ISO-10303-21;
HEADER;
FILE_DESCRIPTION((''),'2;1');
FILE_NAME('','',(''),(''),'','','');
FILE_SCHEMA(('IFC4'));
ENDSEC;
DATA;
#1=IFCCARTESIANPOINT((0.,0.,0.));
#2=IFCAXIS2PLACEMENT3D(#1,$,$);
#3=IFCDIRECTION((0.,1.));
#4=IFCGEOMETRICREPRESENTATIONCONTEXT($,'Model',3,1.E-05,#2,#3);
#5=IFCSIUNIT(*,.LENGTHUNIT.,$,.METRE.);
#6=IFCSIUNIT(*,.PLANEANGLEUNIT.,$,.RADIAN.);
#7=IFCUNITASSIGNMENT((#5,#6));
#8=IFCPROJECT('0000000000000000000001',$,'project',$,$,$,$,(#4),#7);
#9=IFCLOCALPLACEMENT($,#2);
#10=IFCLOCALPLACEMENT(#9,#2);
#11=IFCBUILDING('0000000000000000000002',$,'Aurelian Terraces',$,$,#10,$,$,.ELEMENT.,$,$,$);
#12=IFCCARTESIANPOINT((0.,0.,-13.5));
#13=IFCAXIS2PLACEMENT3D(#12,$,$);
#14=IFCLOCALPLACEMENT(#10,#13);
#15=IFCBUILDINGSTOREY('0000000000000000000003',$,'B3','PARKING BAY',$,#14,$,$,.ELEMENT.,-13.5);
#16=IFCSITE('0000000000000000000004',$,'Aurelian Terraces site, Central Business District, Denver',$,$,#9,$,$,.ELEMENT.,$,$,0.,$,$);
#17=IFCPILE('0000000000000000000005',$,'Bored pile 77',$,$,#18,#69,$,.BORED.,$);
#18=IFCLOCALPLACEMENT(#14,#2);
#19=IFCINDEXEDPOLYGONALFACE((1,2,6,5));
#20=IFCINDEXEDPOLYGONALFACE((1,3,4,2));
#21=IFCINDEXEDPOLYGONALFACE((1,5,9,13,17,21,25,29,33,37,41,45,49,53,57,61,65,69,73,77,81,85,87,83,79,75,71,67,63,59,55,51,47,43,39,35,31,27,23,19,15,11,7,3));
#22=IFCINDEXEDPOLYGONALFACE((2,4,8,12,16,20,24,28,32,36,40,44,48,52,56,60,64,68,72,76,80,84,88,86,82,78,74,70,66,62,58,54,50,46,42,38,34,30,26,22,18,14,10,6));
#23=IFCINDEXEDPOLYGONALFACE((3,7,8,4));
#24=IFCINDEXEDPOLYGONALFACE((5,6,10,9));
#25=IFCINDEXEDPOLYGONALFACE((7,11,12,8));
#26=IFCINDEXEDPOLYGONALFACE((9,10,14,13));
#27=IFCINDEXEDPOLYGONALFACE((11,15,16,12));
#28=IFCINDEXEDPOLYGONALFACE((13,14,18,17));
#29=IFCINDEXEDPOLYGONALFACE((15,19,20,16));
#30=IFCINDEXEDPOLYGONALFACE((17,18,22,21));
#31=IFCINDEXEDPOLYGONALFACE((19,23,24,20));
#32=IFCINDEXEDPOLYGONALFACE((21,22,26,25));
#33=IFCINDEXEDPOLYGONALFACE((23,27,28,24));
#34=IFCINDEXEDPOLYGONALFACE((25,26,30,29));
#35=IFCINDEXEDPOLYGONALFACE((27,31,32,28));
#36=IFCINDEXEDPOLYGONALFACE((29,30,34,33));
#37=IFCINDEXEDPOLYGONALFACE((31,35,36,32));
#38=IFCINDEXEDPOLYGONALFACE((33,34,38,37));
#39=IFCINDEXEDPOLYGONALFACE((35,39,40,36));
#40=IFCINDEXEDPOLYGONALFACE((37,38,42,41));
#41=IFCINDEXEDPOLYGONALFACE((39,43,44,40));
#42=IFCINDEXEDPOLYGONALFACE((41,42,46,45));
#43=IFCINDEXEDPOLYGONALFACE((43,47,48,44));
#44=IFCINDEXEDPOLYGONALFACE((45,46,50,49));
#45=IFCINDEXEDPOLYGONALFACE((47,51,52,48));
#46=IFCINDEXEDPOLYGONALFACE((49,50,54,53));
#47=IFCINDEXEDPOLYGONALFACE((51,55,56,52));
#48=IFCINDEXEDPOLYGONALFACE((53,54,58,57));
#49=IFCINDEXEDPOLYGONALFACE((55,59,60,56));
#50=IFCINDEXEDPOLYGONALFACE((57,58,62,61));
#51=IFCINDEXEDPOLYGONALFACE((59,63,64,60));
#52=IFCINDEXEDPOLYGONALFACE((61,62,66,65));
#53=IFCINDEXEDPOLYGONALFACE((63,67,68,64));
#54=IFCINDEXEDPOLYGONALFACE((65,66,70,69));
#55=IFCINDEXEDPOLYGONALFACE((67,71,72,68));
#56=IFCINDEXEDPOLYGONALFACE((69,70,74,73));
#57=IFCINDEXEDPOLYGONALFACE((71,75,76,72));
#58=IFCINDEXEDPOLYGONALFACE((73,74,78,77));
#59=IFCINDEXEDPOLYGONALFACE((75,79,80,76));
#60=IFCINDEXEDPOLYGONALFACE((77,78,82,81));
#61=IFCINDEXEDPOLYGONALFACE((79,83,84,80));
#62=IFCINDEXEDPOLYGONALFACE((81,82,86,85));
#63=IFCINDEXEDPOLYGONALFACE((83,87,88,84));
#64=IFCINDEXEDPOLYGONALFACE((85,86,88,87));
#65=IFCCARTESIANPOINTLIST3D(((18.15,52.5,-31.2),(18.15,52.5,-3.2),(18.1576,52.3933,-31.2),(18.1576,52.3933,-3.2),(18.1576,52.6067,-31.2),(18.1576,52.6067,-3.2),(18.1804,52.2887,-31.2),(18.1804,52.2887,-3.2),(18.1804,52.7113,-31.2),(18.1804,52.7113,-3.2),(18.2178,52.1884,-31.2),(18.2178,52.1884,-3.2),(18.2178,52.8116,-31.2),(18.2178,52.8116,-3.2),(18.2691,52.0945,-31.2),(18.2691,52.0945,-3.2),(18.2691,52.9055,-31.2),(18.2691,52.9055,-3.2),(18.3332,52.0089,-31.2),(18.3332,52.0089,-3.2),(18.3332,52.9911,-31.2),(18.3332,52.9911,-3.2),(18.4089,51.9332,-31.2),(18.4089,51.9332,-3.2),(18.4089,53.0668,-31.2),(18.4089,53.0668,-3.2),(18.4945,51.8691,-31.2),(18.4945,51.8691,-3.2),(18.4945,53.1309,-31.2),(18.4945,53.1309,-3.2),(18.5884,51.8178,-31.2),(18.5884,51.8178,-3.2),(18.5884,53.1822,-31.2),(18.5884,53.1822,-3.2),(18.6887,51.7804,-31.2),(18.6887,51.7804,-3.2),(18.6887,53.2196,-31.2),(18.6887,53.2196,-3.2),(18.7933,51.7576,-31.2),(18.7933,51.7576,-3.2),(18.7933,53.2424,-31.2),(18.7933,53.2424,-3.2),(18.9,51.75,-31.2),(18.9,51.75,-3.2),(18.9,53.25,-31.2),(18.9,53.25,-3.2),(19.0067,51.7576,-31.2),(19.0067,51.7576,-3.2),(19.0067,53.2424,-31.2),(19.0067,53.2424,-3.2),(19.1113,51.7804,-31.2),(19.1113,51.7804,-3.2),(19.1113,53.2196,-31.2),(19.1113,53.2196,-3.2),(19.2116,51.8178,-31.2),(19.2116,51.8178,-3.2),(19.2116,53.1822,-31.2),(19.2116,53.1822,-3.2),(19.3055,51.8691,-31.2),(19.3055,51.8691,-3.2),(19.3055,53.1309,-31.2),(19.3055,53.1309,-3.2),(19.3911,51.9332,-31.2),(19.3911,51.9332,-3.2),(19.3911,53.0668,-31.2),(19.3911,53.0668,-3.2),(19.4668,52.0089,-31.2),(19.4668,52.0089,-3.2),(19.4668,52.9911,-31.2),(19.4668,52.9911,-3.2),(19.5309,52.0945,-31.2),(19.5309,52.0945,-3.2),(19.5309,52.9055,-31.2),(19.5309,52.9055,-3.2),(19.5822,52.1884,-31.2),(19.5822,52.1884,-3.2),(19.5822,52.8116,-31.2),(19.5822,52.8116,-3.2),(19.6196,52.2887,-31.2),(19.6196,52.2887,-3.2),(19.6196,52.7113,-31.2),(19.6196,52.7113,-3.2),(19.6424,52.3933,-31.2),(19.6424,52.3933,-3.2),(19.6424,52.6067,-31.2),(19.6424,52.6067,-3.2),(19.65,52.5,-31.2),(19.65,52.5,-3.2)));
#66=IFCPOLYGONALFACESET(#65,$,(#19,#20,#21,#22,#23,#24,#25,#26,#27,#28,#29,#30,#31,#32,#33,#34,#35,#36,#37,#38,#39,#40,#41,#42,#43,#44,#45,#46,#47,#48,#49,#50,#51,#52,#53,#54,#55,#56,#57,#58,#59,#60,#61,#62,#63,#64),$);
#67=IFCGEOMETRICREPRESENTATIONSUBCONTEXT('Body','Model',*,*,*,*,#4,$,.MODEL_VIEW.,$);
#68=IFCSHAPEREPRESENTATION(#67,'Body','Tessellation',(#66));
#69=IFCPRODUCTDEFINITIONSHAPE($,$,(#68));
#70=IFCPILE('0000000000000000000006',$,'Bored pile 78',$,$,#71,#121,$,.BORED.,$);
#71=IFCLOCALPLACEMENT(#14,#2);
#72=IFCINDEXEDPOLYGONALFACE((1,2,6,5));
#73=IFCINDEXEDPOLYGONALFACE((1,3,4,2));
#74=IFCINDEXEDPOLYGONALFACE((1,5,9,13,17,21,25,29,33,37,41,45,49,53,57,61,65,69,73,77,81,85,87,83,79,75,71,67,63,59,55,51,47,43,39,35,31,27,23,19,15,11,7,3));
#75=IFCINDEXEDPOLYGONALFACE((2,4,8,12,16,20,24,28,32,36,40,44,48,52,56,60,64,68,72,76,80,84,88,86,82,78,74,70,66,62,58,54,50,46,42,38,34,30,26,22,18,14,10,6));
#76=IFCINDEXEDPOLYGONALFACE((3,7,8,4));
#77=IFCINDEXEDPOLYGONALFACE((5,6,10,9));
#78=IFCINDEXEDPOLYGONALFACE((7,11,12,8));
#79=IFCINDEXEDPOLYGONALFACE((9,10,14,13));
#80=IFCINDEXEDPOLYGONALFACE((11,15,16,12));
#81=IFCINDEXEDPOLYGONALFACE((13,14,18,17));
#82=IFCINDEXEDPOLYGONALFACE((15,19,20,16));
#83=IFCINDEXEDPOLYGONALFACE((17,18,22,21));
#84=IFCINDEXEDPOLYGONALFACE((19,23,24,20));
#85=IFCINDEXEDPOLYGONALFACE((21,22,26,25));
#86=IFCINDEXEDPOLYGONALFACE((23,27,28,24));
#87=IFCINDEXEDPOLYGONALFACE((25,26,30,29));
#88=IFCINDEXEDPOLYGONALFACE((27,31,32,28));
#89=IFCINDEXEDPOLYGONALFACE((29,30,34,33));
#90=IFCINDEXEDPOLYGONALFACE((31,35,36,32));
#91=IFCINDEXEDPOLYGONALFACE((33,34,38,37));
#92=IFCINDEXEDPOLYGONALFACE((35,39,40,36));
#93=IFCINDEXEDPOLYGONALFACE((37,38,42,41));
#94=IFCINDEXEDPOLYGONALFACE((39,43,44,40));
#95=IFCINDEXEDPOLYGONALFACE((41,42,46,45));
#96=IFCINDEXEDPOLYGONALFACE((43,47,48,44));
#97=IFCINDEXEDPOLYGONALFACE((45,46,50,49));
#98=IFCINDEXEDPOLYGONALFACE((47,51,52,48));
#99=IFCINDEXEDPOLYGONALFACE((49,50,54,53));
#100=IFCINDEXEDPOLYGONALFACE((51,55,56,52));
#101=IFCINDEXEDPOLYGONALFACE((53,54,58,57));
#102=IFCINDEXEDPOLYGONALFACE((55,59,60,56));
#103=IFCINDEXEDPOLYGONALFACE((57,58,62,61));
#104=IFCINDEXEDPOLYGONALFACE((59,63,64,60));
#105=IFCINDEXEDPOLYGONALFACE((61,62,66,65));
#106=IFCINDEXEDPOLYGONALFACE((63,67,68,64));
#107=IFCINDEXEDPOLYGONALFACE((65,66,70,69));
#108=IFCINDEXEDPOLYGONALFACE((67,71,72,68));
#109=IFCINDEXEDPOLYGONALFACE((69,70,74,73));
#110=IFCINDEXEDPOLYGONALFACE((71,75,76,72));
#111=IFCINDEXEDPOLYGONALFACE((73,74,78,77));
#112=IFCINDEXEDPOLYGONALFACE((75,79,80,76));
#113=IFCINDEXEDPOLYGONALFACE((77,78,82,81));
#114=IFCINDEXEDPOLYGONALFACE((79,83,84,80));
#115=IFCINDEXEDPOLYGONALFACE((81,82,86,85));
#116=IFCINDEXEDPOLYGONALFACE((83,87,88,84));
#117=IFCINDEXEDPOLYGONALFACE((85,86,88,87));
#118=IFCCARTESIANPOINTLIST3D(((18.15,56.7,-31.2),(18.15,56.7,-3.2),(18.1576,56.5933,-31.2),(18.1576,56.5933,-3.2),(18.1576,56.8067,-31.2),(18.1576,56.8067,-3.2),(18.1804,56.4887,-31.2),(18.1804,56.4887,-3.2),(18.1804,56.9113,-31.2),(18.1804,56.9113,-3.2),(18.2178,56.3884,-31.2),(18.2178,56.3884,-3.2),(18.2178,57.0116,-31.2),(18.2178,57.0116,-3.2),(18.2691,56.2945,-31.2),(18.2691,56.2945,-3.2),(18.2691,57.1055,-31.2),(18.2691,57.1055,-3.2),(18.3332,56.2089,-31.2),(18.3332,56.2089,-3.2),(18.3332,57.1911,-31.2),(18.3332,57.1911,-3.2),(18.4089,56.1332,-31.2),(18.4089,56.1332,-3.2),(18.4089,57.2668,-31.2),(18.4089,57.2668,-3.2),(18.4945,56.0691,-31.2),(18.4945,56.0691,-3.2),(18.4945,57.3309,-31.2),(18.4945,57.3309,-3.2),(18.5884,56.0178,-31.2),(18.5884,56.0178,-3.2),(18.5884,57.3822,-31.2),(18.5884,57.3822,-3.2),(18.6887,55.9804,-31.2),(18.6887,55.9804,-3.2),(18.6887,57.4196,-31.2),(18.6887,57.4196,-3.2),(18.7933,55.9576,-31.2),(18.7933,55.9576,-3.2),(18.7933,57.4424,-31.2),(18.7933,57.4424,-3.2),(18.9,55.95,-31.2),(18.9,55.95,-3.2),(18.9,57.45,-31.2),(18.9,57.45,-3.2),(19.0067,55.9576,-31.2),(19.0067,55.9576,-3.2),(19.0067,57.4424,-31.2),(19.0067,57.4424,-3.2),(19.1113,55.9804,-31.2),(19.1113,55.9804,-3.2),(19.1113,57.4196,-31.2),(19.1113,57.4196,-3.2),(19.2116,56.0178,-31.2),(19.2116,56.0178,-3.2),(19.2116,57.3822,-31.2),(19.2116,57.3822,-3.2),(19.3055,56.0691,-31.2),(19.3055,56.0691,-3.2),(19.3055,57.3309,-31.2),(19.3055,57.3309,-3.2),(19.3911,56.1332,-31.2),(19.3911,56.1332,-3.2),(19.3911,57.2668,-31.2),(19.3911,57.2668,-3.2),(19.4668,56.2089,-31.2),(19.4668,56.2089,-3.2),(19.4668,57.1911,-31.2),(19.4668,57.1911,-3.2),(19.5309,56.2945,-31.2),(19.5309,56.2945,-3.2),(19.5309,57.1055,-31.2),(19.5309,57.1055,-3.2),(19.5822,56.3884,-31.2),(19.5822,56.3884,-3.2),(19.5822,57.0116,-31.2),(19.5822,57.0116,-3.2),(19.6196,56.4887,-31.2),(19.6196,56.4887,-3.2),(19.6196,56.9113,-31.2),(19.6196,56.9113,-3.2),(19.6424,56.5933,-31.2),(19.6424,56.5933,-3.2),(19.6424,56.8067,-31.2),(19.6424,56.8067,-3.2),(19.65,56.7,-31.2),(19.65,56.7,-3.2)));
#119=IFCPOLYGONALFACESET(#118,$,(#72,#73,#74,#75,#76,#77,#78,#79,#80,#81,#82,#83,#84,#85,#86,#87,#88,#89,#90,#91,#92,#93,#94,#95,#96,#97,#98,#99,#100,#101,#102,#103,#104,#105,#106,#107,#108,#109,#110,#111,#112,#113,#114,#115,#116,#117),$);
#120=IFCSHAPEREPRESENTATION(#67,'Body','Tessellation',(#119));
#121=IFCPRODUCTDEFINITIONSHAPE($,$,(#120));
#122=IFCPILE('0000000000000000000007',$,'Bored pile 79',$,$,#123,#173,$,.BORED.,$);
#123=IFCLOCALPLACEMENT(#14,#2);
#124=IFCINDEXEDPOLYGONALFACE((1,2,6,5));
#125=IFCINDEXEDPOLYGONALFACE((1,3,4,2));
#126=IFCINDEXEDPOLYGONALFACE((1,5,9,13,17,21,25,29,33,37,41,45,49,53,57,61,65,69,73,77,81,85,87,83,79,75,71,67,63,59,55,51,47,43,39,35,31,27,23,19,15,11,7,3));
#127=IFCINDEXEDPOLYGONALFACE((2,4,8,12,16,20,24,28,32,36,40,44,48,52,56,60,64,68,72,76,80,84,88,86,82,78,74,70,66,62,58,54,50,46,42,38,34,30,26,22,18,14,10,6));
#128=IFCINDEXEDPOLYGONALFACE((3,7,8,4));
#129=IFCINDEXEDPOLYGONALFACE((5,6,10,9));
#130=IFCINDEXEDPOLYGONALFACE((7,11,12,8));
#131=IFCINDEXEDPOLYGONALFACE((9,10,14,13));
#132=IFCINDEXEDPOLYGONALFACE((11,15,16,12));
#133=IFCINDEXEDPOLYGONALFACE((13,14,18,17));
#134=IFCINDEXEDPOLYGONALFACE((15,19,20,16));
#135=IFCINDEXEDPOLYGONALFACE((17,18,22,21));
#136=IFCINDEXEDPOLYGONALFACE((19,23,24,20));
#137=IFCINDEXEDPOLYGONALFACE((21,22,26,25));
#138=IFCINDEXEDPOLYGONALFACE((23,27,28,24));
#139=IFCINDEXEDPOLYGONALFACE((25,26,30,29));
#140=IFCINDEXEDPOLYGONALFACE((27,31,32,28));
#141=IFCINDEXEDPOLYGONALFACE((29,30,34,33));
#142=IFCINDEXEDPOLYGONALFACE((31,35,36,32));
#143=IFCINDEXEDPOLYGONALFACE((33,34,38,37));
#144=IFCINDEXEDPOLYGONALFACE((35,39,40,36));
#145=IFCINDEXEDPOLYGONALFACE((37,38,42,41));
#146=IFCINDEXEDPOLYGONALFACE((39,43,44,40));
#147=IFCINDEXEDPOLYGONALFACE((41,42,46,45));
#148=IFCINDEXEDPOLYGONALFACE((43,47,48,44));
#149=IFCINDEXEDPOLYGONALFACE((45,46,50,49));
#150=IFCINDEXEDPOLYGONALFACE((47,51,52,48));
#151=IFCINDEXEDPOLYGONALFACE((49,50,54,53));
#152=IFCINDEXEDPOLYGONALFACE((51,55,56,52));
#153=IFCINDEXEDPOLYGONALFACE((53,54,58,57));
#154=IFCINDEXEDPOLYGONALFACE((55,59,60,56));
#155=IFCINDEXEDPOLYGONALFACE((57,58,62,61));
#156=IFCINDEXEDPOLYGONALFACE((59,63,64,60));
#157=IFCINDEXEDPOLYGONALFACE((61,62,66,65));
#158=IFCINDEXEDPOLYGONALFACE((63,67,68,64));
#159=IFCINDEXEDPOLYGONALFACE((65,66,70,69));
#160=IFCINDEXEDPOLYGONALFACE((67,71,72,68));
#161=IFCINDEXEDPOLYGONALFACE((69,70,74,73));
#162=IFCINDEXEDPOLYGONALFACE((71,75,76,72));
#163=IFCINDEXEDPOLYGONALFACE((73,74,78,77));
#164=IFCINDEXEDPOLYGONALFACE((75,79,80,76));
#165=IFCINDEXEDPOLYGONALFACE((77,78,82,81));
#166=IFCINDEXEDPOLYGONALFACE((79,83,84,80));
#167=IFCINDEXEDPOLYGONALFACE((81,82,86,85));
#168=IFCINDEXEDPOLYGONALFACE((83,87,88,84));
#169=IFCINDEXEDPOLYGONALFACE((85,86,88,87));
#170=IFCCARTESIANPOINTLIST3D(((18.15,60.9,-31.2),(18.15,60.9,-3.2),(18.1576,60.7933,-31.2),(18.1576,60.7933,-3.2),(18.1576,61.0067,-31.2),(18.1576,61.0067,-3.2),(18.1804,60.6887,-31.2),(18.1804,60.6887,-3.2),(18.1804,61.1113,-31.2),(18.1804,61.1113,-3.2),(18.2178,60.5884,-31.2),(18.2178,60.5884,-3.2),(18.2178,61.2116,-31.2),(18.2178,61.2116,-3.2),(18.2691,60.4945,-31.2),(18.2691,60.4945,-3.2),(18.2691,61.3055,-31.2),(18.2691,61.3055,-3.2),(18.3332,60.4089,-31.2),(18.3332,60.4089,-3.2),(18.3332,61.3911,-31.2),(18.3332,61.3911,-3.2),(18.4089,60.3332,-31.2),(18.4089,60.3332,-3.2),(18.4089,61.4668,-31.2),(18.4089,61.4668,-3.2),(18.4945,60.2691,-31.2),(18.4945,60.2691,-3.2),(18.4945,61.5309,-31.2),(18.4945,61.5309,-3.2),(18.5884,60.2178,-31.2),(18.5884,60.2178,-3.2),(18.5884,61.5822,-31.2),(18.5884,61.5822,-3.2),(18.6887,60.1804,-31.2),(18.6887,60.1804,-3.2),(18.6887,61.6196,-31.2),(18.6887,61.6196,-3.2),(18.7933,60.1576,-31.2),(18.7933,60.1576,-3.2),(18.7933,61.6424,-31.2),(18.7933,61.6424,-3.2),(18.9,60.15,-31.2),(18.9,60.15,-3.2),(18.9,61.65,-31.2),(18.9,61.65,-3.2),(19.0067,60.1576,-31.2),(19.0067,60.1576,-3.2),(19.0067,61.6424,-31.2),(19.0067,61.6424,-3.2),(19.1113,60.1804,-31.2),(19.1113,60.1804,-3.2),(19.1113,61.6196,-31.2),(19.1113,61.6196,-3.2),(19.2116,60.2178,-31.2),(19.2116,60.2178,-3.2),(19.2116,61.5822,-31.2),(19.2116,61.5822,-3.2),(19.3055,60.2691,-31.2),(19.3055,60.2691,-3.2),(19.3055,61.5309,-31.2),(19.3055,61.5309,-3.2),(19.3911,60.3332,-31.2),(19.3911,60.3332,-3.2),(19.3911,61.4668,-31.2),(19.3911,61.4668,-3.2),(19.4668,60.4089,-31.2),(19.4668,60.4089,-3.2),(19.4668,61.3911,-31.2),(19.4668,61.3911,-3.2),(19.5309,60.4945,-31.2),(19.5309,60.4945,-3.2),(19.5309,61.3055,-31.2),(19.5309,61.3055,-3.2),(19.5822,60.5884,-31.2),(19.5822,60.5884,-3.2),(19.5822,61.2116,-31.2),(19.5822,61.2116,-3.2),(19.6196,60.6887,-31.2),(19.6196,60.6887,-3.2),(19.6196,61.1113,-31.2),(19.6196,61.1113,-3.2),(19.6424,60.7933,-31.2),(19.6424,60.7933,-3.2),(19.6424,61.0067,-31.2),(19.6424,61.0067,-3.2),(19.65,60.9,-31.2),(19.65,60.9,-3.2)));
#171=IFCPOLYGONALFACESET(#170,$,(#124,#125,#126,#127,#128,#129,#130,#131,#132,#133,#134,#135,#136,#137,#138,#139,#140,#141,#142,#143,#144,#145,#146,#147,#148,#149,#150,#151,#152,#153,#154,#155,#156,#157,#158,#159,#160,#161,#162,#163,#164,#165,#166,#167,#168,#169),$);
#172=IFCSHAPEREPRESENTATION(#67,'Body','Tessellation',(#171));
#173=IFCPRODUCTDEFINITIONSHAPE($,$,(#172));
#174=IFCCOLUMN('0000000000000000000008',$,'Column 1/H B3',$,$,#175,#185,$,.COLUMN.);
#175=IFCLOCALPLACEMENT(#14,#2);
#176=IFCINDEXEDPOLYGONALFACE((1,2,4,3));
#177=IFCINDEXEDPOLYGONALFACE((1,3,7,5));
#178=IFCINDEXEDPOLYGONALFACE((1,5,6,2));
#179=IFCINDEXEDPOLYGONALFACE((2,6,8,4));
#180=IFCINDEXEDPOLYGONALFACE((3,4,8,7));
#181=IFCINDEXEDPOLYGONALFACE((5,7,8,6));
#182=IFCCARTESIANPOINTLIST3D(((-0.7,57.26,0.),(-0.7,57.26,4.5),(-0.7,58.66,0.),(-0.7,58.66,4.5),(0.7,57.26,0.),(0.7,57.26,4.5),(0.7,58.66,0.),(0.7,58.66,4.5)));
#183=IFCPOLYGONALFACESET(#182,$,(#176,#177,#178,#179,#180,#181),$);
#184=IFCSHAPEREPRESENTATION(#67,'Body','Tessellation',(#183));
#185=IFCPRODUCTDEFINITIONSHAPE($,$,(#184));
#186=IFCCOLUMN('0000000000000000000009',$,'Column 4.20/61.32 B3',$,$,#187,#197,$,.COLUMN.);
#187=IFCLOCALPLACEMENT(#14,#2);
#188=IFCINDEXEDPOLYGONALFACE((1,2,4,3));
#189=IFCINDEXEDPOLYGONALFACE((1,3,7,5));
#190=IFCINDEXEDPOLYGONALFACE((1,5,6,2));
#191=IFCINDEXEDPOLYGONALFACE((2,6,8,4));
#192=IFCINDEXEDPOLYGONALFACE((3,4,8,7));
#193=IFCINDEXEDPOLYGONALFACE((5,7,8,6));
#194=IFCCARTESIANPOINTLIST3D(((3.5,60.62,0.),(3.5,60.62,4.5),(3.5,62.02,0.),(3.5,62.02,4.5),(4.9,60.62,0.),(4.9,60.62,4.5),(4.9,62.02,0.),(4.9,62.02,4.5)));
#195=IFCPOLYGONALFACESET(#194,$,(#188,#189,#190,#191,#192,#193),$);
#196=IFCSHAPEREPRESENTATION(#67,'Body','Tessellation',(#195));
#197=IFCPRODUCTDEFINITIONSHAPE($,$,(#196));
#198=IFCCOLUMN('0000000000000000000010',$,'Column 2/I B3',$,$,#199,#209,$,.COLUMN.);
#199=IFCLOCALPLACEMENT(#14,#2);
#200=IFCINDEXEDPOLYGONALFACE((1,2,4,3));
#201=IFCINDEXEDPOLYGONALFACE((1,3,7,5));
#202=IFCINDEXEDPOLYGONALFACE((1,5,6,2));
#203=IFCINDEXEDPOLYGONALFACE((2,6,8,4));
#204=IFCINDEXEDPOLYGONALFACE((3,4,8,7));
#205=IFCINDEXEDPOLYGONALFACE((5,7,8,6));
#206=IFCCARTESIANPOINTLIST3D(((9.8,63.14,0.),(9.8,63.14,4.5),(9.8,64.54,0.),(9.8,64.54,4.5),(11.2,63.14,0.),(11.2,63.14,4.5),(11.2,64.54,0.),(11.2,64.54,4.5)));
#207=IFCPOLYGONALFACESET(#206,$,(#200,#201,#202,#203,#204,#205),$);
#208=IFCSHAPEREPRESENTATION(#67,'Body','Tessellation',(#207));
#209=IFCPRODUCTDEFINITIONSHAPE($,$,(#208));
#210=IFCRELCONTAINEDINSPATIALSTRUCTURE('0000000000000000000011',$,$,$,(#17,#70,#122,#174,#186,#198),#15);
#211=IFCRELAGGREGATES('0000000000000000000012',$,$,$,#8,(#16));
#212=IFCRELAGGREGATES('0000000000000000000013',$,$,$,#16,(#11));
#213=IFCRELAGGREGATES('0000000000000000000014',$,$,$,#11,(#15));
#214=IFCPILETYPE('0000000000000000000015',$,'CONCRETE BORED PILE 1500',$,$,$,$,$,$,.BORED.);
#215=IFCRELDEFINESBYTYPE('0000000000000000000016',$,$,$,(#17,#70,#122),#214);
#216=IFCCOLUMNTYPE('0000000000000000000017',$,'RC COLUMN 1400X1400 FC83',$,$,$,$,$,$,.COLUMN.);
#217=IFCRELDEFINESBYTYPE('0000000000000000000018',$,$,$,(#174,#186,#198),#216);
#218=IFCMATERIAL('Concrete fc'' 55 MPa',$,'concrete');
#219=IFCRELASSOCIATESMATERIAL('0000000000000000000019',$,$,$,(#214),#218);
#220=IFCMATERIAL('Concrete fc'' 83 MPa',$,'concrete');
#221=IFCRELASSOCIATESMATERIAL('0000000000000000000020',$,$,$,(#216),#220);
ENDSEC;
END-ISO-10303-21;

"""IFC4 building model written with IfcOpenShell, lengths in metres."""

from ifc_helpers import new_model, si_unit, direction, frame, origin, origin_2d, place, context, subcontext, project, spatial, rectangle, circle, extrude, source, transform, mapped, material, material_profile, profile_set, type_object, element, save


model = new_model("IFC4")

# Units and contexts
model_context = context("Model", 3, precision=1e-05, world=origin(), true_north=direction((0.0, 1.0)))
body_context = subcontext(model_context, "Body", "Model", "MODEL_VIEW")
ifc_project = project(units=[si_unit("LENGTHUNIT", "METRE"), si_unit("PLANEANGLEUNIT", "RADIAN")], contexts=[model_context])

# Site, building, storey
site_placement = place(None, origin())
site = spatial("IfcSite", under=ifc_project, at=site_placement, Name="Aurelian Terraces site, Central Business District, Denver", CompositionType="ELEMENT", RefElevation=0.0)
building_placement = place(site_placement, origin())
building = spatial("IfcBuilding", under=site, at=building_placement, Name="Aurelian Terraces", CompositionType="ELEMENT")
storey_placement = place(building_placement, frame((0.0, 0.0, -13.5)))
storey = spatial("IfcBuildingStorey", under=building, at=storey_placement, Name="B3", Description="PARKING BAY", CompositionType="ELEMENT", Elevation=-13.5)

# Piles
ifc_material_1 = material(Name="Concrete fc' 55 MPa", Category="concrete")
ifc_material_profile_1 = material_profile(ifc_material_1, circle(Radius=0.75, at=origin_2d()))
ifc_profile_set_1 = profile_set([ifc_material_profile_1], Name="Concrete fc' 55 MPa")
pile_type = type_object("IfcPileType", Name="CONCRETE BORED PILE 1500", PredefinedType="BORED", material=ifc_profile_set_1)
shared_shape_1 = source(origin(), body_context, "Body", "SweptSolid", [
    extrude(circle(Radius=0.75, at=origin_2d()), origin(), (0.0, 0.0, 1.0), 28.0),
])
for number, where, z_axis, x_axis, name in (
    (1, (18.9, 52.5, -3.2), (0.0, 0.0, -1.0), (1.0, 0.0, 0.0), "Bored pile 77"),
    (2, (18.9, 56.7, -3.2), (0.0, 0.0, -1.0), (1.0, 0.0, 0.0), "Bored pile 78"),
    (3, (18.9, 60.9, -3.2), (0.0, 0.0, -1.0), (1.0, 0.0, 0.0), "Bored pile 79"),
):
    element("IfcPile", number, at=place(storey_placement, frame(where, z_axis=z_axis, x_axis=x_axis)), inside=storey, type_object=pile_type, Name=name, PredefinedType="BORED", context=body_context, shape_type="MappedRepresentation", body=[
        mapped(shared_shape_1, transform((0.0, 0.0, 0.0), scale=1.0)),
    ])

# Columns
ifc_material_2 = material(Name="Concrete fc' 83 MPa", Category="concrete")
ifc_material_profile_2 = material_profile(ifc_material_2, rectangle(XDim=1.4, YDim=1.4, at=origin_2d()))
ifc_profile_set_2 = profile_set([ifc_material_profile_2], Name="Concrete fc' 83 MPa")
column_type = type_object("IfcColumnType", Name="RC COLUMN 1400X1400 FC83", PredefinedType="COLUMN", material=ifc_profile_set_2)
shared_shape_2 = source(origin(), body_context, "Body", "SweptSolid", [
    extrude(rectangle(XDim=1.4, YDim=1.4, at=origin_2d()), origin(), (0.0, 0.0, 1.0), 4.5),
])
for number, where, z_axis, x_axis, name in (
    (4, (0.0, 57.96, 0.0), (0.0, 0.0, 1.0), (1.0, 0.0, 0.0), "Column 1/H B3"),
    (5, (4.2, 61.32, 0.0), (0.0, 0.0, 1.0), (1.0, 0.0, 0.0), "Column 4.20/61.32 B3"),
    (6, (10.5, 63.84, 0.0), (0.0, 0.0, 1.0), (1.0, 0.0, 0.0), "Column 2/I B3"),
):
    element("IfcColumn", number, at=place(storey_placement, frame(where, z_axis=z_axis, x_axis=x_axis)), inside=storey, type_object=column_type, Name=name, PredefinedType="COLUMN", context=body_context, shape_type="MappedRepresentation", body=[
        mapped(shared_shape_2, transform((0.0, 0.0, 0.0), scale=1.0)),
    ])

save(model, "model.ifc")
